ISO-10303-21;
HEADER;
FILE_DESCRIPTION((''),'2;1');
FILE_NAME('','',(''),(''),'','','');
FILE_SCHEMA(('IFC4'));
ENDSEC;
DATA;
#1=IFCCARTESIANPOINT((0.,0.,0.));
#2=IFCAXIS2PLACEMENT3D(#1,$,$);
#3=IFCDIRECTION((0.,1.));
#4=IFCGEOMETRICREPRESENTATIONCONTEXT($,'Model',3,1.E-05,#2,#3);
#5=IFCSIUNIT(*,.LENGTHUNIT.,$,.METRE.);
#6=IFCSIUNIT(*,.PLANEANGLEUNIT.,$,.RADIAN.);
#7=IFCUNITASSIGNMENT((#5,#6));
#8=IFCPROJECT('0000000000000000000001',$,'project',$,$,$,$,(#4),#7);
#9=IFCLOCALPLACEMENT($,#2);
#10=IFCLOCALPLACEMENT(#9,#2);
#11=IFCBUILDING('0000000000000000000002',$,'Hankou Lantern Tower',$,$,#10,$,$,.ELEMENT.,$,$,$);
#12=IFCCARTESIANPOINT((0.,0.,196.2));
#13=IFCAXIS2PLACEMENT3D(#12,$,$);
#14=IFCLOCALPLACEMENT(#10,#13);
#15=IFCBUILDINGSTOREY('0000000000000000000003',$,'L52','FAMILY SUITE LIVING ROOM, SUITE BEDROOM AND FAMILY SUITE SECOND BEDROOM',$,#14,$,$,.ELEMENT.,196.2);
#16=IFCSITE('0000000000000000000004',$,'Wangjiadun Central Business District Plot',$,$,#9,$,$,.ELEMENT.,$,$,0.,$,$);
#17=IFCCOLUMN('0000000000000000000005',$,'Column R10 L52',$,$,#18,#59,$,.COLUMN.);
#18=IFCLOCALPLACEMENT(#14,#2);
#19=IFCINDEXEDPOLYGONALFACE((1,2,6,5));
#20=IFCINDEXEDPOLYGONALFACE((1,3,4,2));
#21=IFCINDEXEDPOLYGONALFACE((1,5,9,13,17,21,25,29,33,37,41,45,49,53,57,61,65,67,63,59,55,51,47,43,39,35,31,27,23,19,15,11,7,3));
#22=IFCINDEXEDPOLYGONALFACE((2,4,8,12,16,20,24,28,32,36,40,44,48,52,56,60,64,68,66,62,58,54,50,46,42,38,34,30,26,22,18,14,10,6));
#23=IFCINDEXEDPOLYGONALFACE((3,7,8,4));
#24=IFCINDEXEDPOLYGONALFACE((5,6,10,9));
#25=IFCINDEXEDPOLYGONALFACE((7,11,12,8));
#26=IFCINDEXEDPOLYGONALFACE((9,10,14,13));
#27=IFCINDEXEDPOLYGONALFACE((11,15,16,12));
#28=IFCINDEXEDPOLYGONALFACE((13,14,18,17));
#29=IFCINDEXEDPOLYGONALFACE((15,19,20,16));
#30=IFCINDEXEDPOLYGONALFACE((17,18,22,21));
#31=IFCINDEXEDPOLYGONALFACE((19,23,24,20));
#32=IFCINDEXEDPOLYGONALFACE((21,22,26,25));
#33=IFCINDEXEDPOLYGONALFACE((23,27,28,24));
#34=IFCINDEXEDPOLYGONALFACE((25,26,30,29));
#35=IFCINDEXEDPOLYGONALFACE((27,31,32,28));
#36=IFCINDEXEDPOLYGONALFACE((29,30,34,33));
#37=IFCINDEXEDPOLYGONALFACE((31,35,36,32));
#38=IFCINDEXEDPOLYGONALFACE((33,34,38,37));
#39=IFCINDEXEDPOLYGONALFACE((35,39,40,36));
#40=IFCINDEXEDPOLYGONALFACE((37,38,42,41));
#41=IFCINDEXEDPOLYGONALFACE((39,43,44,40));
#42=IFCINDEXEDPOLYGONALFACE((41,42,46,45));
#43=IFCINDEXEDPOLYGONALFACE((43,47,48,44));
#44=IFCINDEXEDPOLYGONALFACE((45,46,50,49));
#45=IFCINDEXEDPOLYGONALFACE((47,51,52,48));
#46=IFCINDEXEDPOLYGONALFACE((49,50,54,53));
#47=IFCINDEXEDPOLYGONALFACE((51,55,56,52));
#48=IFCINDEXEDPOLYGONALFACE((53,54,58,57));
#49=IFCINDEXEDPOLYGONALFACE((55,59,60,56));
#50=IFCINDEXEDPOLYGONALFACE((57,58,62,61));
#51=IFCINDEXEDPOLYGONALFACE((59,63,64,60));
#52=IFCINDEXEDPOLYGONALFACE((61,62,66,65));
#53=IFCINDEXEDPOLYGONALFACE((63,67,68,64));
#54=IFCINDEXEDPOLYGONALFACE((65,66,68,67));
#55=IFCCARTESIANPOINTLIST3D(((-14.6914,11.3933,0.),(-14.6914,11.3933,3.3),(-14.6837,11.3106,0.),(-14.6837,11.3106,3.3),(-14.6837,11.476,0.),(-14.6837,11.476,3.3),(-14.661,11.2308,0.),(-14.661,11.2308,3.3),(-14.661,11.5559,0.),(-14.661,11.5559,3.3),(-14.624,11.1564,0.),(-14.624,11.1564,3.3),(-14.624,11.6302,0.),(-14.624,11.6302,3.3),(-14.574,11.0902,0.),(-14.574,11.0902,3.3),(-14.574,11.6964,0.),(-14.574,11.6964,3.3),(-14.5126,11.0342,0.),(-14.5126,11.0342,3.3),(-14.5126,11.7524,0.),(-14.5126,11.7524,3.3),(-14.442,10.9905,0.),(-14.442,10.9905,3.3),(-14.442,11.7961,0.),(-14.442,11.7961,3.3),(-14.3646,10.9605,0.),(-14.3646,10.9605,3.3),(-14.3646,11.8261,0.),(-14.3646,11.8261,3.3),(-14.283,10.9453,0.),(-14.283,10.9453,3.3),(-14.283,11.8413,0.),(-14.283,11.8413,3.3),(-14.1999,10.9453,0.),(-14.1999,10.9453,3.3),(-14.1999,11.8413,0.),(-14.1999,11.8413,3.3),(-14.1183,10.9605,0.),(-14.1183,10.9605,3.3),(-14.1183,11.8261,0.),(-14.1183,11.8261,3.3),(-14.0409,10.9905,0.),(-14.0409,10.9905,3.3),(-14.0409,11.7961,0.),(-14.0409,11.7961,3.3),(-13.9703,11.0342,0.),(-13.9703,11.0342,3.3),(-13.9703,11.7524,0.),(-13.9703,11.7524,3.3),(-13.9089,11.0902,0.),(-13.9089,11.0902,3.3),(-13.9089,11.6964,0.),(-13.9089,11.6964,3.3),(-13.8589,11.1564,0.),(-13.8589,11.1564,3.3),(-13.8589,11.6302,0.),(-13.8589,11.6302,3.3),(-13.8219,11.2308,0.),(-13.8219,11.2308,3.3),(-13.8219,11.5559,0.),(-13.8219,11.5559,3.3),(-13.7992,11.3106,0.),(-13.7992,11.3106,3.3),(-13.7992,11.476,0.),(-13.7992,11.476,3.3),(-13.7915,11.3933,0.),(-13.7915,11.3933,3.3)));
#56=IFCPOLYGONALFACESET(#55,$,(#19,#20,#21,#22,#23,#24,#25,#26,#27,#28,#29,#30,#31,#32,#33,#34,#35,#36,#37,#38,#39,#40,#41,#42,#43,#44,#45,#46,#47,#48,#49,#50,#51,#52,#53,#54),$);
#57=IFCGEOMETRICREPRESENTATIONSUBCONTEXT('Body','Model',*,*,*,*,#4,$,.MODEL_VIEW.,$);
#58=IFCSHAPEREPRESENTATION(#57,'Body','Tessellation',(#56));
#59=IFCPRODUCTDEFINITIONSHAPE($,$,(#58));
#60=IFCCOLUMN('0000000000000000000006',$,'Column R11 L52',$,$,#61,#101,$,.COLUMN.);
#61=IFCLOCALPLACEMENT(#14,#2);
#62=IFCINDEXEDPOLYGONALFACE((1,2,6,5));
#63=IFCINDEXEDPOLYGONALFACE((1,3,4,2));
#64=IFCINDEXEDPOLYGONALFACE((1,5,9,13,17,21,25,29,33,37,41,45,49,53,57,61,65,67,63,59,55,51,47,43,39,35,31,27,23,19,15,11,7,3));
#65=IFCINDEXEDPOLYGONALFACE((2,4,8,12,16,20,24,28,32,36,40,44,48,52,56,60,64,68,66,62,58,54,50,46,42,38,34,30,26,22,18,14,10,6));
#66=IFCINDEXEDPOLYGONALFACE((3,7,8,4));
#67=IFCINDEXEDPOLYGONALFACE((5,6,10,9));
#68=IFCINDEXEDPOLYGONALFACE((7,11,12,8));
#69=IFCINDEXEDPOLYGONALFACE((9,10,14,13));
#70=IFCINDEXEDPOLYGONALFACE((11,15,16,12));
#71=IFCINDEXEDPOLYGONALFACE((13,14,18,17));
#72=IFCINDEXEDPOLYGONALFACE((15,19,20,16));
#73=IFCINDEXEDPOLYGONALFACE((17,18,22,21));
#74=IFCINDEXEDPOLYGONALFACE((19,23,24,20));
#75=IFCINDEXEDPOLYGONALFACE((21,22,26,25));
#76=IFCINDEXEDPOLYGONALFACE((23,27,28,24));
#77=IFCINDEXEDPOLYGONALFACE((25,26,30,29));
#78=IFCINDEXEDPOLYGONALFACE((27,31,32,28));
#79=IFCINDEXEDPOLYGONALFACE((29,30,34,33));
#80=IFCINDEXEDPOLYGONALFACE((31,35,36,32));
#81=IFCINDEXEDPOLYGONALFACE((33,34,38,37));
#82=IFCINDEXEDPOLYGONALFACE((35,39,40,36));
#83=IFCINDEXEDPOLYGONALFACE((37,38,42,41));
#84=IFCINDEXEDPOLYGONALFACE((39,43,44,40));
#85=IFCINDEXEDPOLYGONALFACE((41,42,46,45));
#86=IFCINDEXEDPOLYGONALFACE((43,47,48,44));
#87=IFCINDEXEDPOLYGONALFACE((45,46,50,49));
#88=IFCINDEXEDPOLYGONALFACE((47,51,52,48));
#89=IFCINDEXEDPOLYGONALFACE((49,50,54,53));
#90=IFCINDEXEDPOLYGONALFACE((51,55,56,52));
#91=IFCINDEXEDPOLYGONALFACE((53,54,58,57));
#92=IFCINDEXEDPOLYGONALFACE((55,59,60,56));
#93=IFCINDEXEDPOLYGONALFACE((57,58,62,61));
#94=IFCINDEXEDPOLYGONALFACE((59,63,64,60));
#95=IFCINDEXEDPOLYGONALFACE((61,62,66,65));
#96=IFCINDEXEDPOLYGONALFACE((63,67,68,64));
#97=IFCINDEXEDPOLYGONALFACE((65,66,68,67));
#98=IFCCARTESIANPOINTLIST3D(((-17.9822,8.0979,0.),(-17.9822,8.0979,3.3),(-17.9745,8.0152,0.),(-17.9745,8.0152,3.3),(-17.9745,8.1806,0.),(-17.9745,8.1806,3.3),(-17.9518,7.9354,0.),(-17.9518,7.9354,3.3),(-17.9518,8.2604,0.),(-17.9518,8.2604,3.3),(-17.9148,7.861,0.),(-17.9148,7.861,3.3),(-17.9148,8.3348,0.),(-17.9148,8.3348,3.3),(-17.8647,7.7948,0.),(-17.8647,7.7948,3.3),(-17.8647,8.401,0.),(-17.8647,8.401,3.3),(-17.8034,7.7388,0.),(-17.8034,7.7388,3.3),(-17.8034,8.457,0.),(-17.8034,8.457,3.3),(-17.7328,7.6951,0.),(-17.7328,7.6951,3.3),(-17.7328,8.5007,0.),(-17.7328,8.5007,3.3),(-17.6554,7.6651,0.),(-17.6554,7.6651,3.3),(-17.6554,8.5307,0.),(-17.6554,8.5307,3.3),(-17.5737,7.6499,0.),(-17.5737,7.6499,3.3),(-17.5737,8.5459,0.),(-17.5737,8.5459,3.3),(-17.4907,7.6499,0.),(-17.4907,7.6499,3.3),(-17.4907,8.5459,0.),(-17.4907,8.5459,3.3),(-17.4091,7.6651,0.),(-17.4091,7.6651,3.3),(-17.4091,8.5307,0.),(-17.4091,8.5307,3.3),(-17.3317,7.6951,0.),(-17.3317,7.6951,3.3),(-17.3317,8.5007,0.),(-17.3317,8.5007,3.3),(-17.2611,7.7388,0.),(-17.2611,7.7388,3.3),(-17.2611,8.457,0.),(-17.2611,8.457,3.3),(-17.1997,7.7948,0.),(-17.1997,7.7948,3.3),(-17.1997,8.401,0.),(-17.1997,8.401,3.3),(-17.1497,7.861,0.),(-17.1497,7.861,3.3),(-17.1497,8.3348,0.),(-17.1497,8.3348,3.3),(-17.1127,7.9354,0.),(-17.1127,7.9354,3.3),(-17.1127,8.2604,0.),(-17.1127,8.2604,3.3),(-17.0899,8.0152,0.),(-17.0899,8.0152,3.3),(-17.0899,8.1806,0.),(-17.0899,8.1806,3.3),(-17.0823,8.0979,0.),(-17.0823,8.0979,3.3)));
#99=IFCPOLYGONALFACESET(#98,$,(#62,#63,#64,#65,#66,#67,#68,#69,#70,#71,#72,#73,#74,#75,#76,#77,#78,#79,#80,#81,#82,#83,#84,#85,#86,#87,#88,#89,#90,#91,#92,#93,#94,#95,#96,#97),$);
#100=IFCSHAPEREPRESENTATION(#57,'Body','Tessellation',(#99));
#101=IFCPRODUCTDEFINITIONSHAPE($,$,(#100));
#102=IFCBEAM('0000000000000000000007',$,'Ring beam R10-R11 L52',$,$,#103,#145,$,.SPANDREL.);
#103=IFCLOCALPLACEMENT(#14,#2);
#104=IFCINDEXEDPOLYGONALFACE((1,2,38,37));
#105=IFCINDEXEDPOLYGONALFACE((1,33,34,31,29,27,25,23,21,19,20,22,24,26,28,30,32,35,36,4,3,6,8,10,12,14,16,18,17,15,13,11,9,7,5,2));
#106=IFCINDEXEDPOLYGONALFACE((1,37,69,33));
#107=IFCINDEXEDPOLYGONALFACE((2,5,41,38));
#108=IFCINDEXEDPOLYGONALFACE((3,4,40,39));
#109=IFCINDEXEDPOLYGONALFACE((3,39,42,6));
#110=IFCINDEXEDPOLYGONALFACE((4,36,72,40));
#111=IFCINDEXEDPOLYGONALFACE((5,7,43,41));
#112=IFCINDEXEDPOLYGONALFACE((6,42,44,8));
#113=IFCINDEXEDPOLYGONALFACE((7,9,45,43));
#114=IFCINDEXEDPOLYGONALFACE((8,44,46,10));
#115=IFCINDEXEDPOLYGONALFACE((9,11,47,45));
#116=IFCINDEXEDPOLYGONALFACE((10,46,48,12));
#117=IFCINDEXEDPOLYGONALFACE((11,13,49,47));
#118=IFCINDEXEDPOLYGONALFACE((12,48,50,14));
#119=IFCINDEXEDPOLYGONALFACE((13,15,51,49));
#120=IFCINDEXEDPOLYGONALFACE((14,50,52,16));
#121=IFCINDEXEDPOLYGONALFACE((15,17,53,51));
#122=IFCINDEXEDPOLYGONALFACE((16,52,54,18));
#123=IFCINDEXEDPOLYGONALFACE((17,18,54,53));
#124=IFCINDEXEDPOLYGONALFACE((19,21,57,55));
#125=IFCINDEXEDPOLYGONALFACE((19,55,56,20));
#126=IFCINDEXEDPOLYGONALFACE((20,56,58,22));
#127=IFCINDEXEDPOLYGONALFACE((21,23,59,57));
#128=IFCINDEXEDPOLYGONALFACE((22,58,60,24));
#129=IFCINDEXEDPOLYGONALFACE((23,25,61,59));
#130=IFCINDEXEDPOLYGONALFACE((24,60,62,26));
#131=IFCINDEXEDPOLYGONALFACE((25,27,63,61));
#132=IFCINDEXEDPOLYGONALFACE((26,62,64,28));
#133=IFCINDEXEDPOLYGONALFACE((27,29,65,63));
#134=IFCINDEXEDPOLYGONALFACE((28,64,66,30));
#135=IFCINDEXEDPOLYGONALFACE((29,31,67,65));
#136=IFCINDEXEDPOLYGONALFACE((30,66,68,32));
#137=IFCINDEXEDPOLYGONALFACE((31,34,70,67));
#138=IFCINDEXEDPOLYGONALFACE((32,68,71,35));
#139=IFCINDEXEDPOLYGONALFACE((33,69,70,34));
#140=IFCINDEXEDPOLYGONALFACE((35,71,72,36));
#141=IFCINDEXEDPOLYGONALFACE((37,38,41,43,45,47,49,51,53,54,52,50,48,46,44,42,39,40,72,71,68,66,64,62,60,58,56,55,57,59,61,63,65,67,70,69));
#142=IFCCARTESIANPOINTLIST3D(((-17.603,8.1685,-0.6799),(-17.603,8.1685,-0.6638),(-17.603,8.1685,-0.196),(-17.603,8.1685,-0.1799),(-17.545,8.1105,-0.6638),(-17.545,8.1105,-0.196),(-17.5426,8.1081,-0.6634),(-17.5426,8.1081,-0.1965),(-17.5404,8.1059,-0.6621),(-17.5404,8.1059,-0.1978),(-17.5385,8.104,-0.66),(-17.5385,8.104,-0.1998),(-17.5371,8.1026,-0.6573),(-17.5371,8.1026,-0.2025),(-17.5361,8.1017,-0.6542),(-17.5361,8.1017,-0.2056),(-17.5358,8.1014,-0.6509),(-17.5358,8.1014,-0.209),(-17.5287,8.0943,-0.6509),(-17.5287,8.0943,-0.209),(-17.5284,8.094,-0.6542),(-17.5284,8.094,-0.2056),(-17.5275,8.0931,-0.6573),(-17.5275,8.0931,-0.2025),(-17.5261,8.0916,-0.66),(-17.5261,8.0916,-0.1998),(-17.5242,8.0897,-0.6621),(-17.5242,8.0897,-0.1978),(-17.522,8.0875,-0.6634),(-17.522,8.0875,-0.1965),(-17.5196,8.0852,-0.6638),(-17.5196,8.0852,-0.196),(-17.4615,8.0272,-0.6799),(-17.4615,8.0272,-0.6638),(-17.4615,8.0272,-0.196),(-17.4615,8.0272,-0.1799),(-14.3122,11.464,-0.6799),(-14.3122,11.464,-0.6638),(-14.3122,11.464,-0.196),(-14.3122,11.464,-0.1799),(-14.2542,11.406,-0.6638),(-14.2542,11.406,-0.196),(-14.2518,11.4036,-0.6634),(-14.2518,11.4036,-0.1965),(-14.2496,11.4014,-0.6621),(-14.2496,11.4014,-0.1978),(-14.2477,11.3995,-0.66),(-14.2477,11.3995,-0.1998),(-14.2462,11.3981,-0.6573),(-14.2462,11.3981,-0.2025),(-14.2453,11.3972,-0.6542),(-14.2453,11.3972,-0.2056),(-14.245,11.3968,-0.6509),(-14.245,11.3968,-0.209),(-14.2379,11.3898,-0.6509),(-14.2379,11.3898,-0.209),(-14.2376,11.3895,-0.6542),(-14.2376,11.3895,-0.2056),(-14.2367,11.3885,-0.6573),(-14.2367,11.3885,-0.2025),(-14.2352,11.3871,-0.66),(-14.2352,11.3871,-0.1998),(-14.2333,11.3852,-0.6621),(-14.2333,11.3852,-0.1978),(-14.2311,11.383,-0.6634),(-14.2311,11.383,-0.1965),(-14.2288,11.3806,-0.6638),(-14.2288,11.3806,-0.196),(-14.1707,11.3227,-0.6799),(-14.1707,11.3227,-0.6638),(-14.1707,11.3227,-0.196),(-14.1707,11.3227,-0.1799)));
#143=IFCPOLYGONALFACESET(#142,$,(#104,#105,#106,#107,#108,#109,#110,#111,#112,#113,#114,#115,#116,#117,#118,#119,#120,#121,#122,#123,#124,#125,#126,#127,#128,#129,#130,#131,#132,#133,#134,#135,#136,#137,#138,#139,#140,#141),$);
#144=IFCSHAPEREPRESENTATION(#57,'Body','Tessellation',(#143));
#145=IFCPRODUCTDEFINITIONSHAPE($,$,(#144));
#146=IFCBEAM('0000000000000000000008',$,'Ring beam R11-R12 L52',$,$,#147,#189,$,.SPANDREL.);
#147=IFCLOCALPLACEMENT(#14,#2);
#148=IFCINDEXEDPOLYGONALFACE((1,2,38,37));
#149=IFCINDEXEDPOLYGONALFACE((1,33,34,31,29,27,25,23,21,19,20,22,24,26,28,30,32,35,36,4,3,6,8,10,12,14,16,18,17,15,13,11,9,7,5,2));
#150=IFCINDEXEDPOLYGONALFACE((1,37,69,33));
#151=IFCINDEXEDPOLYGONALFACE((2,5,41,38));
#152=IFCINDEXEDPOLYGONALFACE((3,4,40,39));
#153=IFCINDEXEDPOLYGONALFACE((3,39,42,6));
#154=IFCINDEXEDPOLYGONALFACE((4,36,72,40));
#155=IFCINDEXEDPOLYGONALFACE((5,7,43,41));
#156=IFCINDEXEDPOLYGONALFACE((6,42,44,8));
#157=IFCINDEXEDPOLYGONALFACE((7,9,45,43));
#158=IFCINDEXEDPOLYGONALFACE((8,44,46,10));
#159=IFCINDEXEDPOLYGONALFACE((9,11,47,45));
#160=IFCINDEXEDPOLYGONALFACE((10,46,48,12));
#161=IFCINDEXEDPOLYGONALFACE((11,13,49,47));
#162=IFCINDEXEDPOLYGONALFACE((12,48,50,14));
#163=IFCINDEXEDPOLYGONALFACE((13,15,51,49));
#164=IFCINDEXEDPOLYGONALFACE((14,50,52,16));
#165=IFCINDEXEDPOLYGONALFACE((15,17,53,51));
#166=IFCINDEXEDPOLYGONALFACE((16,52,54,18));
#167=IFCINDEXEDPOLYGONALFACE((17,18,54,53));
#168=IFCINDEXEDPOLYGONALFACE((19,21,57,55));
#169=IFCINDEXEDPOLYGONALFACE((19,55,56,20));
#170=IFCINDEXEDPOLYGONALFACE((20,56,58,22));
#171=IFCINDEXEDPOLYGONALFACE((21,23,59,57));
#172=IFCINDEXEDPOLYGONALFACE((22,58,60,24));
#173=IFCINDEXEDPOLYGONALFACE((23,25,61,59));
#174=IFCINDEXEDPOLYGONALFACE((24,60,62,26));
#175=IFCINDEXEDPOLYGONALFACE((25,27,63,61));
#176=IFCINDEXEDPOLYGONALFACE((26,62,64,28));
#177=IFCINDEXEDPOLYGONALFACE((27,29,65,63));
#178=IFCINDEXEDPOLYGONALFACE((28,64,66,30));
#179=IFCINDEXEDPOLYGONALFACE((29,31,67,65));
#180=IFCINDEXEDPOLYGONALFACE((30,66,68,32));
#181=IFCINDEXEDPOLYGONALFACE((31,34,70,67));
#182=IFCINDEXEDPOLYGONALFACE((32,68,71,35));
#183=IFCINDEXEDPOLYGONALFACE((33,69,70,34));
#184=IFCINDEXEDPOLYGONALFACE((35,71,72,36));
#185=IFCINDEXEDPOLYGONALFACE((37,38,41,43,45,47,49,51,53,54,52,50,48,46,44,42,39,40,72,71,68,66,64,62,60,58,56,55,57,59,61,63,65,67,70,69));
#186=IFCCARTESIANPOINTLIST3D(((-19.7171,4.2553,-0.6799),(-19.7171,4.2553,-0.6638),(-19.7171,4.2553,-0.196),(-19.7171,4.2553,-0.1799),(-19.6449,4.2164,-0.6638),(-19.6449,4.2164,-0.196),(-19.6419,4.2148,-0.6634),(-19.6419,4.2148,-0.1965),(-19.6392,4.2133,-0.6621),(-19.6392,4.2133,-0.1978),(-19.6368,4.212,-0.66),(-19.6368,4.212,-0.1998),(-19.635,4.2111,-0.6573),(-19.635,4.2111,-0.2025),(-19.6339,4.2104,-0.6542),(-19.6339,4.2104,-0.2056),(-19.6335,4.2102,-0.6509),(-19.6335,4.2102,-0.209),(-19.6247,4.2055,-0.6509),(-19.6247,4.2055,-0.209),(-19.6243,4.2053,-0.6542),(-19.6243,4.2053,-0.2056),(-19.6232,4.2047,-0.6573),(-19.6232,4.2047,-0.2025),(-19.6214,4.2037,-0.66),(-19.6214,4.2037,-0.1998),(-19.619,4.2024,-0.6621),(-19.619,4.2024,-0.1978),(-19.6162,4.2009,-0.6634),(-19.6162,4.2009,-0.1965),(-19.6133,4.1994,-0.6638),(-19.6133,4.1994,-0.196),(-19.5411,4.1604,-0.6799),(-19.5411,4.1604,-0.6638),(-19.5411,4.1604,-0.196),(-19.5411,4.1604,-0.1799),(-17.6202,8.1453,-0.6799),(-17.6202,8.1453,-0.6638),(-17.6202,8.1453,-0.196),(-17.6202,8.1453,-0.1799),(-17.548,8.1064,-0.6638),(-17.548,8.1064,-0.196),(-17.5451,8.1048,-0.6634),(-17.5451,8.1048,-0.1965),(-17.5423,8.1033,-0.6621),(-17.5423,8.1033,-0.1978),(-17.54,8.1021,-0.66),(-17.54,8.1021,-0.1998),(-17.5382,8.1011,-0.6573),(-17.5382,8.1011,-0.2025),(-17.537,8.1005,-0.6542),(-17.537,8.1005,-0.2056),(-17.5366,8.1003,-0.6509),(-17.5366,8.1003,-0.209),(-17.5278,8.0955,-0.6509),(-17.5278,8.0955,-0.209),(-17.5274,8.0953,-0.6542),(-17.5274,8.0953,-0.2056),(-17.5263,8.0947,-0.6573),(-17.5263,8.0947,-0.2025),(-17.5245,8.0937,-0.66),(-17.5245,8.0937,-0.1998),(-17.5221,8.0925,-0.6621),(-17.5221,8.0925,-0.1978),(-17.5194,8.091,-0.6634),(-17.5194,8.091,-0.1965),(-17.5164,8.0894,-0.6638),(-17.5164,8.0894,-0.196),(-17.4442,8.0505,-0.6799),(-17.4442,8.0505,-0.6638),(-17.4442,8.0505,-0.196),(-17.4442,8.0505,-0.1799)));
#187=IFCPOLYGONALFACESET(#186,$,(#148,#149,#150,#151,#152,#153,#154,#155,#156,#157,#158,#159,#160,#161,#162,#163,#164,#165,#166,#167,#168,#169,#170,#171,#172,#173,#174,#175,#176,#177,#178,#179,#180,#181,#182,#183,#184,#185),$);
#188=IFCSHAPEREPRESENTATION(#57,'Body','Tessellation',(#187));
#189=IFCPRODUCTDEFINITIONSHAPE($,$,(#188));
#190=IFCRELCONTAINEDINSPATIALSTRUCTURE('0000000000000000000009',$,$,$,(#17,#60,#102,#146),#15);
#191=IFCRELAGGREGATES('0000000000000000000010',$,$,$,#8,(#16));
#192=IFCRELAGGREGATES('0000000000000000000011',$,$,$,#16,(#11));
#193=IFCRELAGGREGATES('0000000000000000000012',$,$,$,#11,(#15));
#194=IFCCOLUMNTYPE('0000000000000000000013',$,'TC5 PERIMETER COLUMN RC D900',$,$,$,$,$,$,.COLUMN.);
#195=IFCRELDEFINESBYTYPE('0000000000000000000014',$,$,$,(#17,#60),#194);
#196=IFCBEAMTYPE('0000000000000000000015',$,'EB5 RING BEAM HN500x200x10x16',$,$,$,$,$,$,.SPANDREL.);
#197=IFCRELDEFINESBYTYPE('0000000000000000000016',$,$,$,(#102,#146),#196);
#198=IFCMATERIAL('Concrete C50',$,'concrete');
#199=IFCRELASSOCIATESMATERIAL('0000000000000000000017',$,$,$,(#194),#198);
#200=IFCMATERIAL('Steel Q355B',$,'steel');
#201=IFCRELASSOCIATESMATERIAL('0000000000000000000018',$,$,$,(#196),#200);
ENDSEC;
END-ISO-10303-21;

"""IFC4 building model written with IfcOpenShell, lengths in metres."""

from ifc_helpers import new_model, si_unit, direction, frame, origin, origin_2d, place, context, subcontext, project, spatial, circle, i_section, extrude, material, material_profile, profile_set, type_object, element, save


model = new_model("IFC4")

# Units and contexts
model_context = context("Model", 3, precision=1e-05, world=origin(), true_north=direction((0.0, 1.0)))
body_context = subcontext(model_context, "Body", "Model", "MODEL_VIEW")
ifc_project = project(units=[si_unit("LENGTHUNIT", "METRE"), si_unit("PLANEANGLEUNIT", "RADIAN")], contexts=[model_context])

# Site, building, storey
site_placement = place(None, origin())
site = spatial("IfcSite", under=ifc_project, at=site_placement, Name="Wangjiadun Central Business District Plot", CompositionType="ELEMENT", RefElevation=0.0)
building_placement = place(site_placement, origin())
building = spatial("IfcBuilding", under=site, at=building_placement, Name="Hankou Lantern Tower", CompositionType="ELEMENT")
storey_placement = place(building_placement, frame((0.0, 0.0, 196.2)))
storey = spatial("IfcBuildingStorey", under=building, at=storey_placement, Name="L52", Description="FAMILY SUITE LIVING ROOM, SUITE BEDROOM AND FAMILY SUITE SECOND BEDROOM", CompositionType="ELEMENT", Elevation=196.2)

# Columns
ifc_material_1 = material(Name="Concrete C50", Category="concrete")
ifc_material_profile_1 = material_profile(ifc_material_1, circle(Radius=0.45, at=origin_2d()), Name="RC D900")
ifc_profile_set_1 = profile_set([ifc_material_profile_1], Name="Concrete C50")
column_type = type_object("IfcColumnType", Name="TC5 PERIMETER COLUMN RC D900", PredefinedType="COLUMN", material=ifc_profile_set_1)
for number, where, z_axis, x_axis, name in (
    (1, (-14.2415, 11.3933, 0.0), (0.0, 0.0, 1.0), (1.0, 0.0, 0.0), "Column R10 L52"),
    (2, (-17.5322, 8.0979, 0.0), (0.0, 0.0, 1.0), (1.0, 0.0, 0.0), "Column R11 L52"),
):
    element("IfcColumn", number, at=place(storey_placement, frame(where, z_axis=z_axis, x_axis=x_axis)), inside=storey, type_object=column_type, Name=name, PredefinedType="COLUMN", context=body_context, shape_type="SweptSolid", body=[
        extrude(circle(Radius=0.45, at=origin_2d()), origin(), (0.0, 0.0, 1.0), 3.3),
    ])

# Beams
ifc_material_2 = material(Name="Steel Q355B", Category="steel")
ifc_material_profile_2 = material_profile(ifc_material_2, i_section(OverallWidth=0.2, OverallDepth=0.5, WebThickness=0.01, FlangeThickness=0.0161, FilletRadius=0.0129, at=origin_2d()), Name="HN500x200x10x16")
ifc_profile_set_2 = profile_set([ifc_material_profile_2], Name="Steel Q355B")
beam_type_1 = type_object("IfcBeamType", Name="EB5 RING BEAM HN500x200x10x16", PredefinedType="SPANDREL", material=ifc_profile_set_2)
beam_1_placement = place(storey_placement, frame((-14.2415, 11.3933, -0.4299), z_axis=(-0.706609, -0.707605, 0.0), x_axis=(0.707605, -0.706609, 0.0)))
element("IfcBeam", 3, at=beam_1_placement, inside=storey, type_object=beam_type_1, Name="Ring beam R10-R11 L52", PredefinedType="SPANDREL", context=body_context, shape_type="SweptSolid", body=[
    extrude(i_section(OverallWidth=0.2, OverallDepth=0.5, WebThickness=0.01, FlangeThickness=0.0161, FilletRadius=0.0129, at=origin_2d()), origin(), (0.0, 0.0, 1.0), 4.6572),
])
beam_2_placement = place(storey_placement, frame((-17.5322, 8.0979, -0.4299), z_axis=(-0.474492, -0.88026, 0.0), x_axis=(0.88026, -0.474492, 0.0)))
element("IfcBeam", 4, at=beam_2_placement, inside=storey, type_object=beam_type_1, Name="Ring beam R11-R12 L52", PredefinedType="SPANDREL", context=body_context, shape_type="SweptSolid", body=[
    extrude(i_section(OverallWidth=0.2, OverallDepth=0.5, WebThickness=0.01, FlangeThickness=0.0161, FilletRadius=0.0129, at=origin_2d()), origin(), (0.0, 0.0, 1.0), 4.4192),
])

save(model, "model.ifc")
